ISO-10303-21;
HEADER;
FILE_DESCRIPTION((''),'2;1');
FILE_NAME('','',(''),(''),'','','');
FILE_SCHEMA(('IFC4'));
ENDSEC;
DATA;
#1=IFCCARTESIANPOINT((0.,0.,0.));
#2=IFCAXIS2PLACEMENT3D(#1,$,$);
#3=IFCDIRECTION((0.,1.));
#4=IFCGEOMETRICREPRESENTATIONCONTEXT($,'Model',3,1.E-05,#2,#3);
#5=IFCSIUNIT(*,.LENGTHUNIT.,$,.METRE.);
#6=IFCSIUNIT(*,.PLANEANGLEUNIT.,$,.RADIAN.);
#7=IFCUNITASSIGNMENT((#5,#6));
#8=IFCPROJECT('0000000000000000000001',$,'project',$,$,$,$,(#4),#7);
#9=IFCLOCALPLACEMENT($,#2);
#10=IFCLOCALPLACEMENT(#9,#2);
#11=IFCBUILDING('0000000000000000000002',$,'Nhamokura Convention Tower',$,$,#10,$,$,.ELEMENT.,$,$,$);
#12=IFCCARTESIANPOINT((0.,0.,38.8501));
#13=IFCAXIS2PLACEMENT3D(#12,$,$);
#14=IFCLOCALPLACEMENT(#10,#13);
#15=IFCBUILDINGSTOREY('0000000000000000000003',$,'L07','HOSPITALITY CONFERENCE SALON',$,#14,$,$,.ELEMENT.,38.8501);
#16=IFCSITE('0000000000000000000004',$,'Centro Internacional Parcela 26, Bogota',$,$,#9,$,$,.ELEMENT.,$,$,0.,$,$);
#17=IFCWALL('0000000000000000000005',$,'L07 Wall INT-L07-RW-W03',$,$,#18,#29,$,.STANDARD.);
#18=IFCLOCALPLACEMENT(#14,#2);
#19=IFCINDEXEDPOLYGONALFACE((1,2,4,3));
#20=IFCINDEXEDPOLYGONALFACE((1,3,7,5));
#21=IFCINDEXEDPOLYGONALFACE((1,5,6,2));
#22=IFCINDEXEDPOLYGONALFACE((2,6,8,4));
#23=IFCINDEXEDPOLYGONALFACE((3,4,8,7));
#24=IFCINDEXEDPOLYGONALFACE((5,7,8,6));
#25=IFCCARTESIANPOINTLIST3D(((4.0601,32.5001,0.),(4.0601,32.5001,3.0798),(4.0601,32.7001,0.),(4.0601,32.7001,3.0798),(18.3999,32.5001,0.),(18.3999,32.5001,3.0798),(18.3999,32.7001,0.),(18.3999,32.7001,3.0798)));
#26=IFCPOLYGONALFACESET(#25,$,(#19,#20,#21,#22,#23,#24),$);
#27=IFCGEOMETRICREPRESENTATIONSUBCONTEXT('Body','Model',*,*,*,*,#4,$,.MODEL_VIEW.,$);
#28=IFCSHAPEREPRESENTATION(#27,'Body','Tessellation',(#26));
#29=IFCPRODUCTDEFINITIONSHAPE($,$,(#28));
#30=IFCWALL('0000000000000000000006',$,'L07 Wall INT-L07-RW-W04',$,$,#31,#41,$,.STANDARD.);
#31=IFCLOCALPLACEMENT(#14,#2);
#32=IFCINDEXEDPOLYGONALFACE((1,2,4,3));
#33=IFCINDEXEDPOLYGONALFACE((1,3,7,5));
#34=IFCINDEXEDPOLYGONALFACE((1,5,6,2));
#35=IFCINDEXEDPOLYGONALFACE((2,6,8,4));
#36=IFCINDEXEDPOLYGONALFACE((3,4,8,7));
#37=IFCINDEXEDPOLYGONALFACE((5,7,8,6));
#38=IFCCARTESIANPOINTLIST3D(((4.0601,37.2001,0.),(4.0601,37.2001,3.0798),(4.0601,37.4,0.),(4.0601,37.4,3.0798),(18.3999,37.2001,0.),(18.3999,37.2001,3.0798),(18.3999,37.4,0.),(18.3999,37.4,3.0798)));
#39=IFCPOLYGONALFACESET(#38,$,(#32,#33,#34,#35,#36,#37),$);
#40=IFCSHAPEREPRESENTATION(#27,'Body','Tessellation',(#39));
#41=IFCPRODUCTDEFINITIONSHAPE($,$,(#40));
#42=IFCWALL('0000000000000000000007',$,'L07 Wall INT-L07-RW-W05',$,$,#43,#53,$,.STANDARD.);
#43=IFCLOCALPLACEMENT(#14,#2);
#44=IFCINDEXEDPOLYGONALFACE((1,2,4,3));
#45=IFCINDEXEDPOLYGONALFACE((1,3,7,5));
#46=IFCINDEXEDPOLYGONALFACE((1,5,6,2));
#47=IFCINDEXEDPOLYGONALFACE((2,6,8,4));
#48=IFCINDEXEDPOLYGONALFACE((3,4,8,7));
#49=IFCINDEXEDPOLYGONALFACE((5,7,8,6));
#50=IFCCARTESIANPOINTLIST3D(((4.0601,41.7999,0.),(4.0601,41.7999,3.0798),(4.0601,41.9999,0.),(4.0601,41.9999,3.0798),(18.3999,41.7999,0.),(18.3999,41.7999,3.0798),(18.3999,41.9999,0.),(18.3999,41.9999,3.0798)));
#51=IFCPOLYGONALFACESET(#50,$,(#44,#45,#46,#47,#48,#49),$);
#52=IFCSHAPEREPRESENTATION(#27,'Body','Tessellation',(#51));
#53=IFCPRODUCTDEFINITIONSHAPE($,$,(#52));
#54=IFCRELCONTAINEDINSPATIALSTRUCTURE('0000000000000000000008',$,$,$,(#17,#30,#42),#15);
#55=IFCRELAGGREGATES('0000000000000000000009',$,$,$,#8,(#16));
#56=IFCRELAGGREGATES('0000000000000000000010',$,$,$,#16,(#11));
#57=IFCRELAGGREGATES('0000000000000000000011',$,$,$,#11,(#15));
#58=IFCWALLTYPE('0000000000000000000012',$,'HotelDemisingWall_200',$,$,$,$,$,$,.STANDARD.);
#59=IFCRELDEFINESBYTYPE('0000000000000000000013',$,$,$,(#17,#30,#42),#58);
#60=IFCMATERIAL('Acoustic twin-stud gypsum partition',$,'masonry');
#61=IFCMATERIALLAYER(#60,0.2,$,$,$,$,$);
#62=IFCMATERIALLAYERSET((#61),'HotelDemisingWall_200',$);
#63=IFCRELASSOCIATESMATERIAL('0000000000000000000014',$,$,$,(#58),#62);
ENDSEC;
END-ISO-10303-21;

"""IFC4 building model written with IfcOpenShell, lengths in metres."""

from ifc_helpers import new_model, si_unit, direction, frame, frame_2d, origin, place, context, subcontext, project, spatial, rectangle, extrude, material, layer, layer_set, type_object, element, save


model = new_model("IFC4")

# Units and contexts
model_context = context("Model", 3, precision=1e-05, world=origin(), true_north=direction((0.0, 1.0)))
body_context = subcontext(model_context, "Body", "Model", "MODEL_VIEW")
ifc_project = project(units=[si_unit("LENGTHUNIT", "METRE"), si_unit("PLANEANGLEUNIT", "RADIAN")], contexts=[model_context])

# Site, building, storey
site_placement = place(None, origin())
site = spatial("IfcSite", under=ifc_project, at=site_placement, Name="Centro Internacional Parcela 26, Bogota", CompositionType="ELEMENT", RefElevation=0.0)
building_placement = place(site_placement, origin())
building = spatial("IfcBuilding", under=site, at=building_placement, Name="Nhamokura Convention Tower", CompositionType="ELEMENT")
storey_placement = place(building_placement, frame((0.0, 0.0, 38.8501)))
storey = spatial("IfcBuildingStorey", under=building, at=storey_placement, Name="L07", Description="HOSPITALITY CONFERENCE SALON", CompositionType="ELEMENT", Elevation=38.8501)

# Walls
ifc_material_1 = material(Name="Acoustic twin-stud gypsum partition", Category="masonry")
ifc_layer_1 = layer(ifc_material_1, 0.2)
ifc_layer_set_1 = layer_set([ifc_layer_1], Name="HotelDemisingWall_200")
wall_type_1 = type_object("IfcWallType", Name="HotelDemisingWall_200", PredefinedType="STANDARD", material=ifc_layer_set_1)
for number, where, z_axis, x_axis, name in (
    (1, (4.0601, 32.6001, 0.0), (0.0, 0.0, 1.0), (1.0, 0.0, 0.0), "L07 Wall INT-L07-RW-W03"),
    (2, (4.0601, 37.3, 0.0), (0.0, 0.0, 1.0), (1.0, 0.0, 0.0), "L07 Wall INT-L07-RW-W04"),
    (3, (4.0601, 41.8999, 0.0), (0.0, 0.0, 1.0), (1.0, 0.0, 0.0), "L07 Wall INT-L07-RW-W05"),
):
    element("IfcWall", number, at=place(storey_placement, frame(where, z_axis=z_axis, x_axis=x_axis)), inside=storey, type_object=wall_type_1, Name=name, PredefinedType="STANDARD", context=body_context, shape_type="SweptSolid", body=[
        extrude(rectangle(XDim=14.3398, YDim=0.2, at=frame_2d((7.1699, 0.0))), origin(), (0.0, 0.0, 1.0), 3.0798),
    ])

save(model, "model.ifc")
